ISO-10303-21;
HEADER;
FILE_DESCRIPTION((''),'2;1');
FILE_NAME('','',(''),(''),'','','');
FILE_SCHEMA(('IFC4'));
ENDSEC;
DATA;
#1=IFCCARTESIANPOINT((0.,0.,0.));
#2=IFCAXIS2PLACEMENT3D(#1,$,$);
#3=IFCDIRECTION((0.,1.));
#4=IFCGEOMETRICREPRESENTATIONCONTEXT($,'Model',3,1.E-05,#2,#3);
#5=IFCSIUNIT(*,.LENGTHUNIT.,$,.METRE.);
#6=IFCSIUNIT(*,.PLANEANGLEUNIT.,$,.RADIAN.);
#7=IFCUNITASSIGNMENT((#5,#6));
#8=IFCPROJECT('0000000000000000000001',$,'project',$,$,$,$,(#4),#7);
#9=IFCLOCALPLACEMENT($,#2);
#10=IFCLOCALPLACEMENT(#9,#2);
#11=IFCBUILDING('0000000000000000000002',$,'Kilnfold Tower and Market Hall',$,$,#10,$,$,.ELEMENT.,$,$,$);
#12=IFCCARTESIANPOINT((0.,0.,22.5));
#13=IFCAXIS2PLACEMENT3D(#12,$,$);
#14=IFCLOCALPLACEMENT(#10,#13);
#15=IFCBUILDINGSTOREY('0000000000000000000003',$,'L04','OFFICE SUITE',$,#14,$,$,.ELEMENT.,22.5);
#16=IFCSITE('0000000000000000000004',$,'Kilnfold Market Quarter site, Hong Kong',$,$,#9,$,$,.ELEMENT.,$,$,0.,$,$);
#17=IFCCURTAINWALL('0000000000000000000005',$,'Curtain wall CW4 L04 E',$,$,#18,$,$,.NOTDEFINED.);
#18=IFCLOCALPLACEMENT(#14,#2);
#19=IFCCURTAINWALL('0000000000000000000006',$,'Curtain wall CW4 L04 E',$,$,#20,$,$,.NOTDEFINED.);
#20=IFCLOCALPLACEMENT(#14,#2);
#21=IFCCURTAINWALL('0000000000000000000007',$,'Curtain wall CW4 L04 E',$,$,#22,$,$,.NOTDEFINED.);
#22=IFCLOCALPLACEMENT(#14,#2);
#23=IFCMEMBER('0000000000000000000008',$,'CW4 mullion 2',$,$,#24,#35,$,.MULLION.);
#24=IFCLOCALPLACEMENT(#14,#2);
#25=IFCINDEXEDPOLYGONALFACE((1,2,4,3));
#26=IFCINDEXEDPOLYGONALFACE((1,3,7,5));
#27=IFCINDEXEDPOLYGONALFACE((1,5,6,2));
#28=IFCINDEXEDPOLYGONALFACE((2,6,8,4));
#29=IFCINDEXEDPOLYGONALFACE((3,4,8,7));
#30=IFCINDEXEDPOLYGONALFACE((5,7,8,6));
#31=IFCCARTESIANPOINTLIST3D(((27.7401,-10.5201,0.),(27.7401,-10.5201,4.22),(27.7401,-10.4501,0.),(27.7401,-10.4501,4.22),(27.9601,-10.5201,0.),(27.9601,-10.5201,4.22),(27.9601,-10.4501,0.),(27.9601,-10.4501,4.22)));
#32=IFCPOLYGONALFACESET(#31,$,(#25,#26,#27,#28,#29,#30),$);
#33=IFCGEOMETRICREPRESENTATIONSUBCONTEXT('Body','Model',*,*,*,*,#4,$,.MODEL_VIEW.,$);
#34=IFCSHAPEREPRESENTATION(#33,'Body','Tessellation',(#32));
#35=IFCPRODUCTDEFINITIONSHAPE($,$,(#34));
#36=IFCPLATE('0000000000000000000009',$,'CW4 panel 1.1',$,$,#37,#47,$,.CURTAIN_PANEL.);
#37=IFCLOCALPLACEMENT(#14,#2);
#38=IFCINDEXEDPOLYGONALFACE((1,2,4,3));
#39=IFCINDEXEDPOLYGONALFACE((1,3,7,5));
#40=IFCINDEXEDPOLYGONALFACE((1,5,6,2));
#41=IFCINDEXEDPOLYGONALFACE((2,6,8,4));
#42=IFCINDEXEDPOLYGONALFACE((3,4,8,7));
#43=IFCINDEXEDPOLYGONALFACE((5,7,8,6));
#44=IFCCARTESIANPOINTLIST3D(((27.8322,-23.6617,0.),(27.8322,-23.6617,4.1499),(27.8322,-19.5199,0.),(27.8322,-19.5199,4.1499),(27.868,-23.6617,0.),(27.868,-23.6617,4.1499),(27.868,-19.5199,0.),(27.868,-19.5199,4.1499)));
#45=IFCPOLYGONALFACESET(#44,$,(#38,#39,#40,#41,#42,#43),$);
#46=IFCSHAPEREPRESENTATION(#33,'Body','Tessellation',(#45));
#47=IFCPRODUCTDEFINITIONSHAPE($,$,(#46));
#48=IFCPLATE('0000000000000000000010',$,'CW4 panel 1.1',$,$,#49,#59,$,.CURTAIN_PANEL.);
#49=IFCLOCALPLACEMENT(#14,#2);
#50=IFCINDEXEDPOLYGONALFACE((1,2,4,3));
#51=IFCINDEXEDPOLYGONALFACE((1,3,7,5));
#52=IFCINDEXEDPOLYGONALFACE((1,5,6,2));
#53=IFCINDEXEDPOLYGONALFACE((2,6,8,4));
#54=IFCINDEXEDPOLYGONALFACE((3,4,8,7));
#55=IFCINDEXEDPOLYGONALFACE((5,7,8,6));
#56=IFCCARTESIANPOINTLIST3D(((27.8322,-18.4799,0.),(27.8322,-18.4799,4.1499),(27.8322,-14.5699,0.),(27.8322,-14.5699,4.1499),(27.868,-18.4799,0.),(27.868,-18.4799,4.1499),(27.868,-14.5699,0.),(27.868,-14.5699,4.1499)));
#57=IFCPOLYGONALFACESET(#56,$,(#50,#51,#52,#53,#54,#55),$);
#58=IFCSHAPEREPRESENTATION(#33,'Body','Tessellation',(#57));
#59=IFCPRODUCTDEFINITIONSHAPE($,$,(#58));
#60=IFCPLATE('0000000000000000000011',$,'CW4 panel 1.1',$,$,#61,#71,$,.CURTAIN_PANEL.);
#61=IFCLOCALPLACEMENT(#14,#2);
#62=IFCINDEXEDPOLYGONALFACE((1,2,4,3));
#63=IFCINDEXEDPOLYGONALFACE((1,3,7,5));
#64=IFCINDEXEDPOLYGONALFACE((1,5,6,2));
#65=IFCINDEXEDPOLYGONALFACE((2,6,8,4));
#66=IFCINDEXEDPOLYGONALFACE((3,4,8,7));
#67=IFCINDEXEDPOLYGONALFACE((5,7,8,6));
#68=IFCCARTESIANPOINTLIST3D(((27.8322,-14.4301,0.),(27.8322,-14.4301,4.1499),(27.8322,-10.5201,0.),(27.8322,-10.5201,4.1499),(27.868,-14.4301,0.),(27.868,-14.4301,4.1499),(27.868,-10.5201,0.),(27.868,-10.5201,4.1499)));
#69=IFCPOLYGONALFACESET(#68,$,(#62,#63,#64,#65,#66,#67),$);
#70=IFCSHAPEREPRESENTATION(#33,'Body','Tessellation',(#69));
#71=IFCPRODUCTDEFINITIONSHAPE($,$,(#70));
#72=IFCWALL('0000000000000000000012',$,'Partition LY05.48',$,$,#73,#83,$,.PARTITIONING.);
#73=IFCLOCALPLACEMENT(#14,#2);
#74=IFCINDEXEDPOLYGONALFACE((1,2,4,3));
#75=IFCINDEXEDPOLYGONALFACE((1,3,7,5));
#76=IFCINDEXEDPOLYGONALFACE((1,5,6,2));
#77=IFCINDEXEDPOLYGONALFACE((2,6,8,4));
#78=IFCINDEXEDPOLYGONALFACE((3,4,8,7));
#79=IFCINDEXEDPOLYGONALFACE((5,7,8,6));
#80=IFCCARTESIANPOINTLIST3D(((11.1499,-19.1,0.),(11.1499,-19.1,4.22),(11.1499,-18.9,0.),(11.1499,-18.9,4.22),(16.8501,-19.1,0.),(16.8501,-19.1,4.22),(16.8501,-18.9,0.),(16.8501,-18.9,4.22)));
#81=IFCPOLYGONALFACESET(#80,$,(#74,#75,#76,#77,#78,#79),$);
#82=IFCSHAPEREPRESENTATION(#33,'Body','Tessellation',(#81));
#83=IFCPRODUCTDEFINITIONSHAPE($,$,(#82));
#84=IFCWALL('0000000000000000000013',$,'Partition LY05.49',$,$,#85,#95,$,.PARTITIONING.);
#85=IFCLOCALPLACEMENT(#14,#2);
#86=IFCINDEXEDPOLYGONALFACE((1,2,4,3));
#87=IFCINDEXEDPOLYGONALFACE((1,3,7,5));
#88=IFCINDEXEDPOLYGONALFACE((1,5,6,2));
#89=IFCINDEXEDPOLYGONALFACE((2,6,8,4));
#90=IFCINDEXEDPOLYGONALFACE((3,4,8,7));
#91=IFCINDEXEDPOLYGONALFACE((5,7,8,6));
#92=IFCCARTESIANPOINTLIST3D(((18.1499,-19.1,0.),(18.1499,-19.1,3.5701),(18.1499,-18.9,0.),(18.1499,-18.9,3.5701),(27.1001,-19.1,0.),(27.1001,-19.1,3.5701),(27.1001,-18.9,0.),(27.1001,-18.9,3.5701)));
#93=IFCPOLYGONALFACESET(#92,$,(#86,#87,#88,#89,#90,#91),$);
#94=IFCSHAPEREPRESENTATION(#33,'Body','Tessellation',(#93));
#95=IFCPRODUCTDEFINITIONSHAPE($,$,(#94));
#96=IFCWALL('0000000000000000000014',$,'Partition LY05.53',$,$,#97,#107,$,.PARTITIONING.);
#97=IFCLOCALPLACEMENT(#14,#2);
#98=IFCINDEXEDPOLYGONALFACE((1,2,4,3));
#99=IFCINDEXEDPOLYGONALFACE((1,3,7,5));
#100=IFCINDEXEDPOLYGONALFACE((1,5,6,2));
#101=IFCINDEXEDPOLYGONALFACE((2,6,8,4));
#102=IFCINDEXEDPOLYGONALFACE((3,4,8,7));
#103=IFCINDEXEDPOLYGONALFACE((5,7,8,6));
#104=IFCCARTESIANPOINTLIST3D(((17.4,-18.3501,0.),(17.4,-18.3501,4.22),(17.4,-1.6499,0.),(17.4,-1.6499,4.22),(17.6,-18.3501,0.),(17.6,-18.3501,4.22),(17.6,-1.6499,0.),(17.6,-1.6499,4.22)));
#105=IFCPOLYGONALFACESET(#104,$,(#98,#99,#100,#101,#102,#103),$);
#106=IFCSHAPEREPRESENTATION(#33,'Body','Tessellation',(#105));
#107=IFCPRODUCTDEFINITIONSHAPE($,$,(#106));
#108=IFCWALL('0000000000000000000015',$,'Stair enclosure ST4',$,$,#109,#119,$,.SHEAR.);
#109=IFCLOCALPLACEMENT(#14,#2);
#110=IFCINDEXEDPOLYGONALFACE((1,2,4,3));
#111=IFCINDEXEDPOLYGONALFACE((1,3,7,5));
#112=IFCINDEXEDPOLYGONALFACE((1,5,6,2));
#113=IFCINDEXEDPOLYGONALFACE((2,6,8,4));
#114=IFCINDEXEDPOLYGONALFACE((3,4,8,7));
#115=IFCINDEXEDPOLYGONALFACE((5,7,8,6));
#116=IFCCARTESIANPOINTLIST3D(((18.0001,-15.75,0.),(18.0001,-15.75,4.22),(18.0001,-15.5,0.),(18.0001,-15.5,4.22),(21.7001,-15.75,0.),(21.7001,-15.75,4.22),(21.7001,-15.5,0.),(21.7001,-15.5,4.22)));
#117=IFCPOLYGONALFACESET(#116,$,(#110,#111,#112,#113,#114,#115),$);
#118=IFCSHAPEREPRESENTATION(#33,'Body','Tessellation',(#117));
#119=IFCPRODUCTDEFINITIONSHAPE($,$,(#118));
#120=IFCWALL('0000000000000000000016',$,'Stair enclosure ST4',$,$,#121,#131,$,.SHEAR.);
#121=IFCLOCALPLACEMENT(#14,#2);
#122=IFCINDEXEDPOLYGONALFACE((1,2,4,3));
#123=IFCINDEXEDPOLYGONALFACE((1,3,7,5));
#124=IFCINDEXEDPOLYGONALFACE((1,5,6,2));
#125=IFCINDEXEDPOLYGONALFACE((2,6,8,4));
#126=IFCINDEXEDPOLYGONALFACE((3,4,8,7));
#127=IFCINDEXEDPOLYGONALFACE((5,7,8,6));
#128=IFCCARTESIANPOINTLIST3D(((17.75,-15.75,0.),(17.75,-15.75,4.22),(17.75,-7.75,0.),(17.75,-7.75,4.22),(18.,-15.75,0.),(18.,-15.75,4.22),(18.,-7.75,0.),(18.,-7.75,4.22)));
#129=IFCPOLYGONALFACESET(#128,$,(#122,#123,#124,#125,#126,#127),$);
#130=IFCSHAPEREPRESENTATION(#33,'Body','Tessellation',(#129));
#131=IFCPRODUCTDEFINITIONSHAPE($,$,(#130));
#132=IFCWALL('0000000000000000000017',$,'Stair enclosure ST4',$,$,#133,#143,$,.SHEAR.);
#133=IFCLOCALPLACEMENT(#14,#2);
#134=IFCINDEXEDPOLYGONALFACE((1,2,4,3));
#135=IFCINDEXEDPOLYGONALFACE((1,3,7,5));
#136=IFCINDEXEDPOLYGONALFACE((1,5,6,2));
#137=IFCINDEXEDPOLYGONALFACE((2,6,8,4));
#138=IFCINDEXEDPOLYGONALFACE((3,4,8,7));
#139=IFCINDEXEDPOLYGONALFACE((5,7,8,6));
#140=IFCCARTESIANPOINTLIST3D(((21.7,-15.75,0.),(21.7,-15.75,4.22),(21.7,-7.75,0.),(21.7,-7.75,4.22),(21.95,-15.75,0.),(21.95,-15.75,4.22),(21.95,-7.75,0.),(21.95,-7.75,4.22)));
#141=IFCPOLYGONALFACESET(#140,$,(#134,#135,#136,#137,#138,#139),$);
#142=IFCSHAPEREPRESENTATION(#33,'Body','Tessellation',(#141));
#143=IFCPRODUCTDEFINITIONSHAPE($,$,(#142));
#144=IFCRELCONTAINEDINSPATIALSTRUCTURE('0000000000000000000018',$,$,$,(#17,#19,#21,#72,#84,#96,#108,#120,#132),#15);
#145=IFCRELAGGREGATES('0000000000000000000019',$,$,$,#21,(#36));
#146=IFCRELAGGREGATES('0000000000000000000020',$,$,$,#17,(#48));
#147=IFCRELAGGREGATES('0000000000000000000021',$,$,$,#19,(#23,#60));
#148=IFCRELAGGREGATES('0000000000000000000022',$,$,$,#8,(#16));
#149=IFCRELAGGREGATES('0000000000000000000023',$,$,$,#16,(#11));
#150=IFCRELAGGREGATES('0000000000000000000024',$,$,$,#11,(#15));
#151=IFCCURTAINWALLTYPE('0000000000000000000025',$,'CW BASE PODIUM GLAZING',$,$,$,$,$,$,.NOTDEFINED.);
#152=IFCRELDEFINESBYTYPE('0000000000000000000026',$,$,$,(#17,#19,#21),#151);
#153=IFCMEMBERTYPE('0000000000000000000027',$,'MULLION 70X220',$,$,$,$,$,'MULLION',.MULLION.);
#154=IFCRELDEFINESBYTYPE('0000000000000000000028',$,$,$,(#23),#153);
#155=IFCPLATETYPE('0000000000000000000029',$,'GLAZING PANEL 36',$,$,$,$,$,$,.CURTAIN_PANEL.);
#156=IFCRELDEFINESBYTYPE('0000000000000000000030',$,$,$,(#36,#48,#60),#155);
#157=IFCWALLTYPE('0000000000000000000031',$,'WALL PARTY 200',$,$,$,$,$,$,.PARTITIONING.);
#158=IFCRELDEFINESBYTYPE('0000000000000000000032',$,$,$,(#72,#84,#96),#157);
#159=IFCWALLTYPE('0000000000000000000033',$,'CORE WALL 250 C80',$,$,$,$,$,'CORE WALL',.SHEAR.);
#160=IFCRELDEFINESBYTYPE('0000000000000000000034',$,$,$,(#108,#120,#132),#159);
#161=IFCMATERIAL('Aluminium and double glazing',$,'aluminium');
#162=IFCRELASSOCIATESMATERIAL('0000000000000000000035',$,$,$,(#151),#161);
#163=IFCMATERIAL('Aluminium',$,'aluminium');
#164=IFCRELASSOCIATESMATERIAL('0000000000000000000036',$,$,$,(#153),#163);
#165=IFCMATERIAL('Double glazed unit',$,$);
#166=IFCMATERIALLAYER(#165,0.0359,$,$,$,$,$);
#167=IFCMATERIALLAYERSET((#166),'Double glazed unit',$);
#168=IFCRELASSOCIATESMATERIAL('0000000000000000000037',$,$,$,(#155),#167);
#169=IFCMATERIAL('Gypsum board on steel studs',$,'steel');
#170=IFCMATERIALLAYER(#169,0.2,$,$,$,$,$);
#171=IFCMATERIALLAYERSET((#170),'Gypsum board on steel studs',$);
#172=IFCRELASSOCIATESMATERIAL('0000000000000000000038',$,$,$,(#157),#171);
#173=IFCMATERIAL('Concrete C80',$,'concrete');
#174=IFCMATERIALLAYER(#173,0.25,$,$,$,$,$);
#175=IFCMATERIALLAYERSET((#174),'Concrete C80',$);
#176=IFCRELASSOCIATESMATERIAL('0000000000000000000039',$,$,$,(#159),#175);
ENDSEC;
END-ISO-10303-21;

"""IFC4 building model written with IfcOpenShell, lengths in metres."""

from ifc_helpers import new_model, si_unit, direction, frame, frame_2d, origin, origin_2d, place, context, subcontext, project, spatial, rectangle, extrude, source, transform, mapped, material, layer, layer_set, material_profile, profile_set, type_object, element, aggregate, save


model = new_model("IFC4")

# Units and contexts
model_context = context("Model", 3, precision=1e-05, world=origin(), true_north=direction((0.0, 1.0)))
body_context = subcontext(model_context, "Body", "Model", "MODEL_VIEW")
ifc_project = project(units=[si_unit("LENGTHUNIT", "METRE"), si_unit("PLANEANGLEUNIT", "RADIAN")], contexts=[model_context])

# Site, building, storey
site_placement = place(None, origin())
site = spatial("IfcSite", under=ifc_project, at=site_placement, Name="Kilnfold Market Quarter site, Hong Kong", CompositionType="ELEMENT", RefElevation=0.0)
building_placement = place(site_placement, origin())
building = spatial("IfcBuilding", under=site, at=building_placement, Name="Kilnfold Tower and Market Hall", CompositionType="ELEMENT")
storey_placement = place(building_placement, frame((0.0, 0.0, 22.5)))
storey = spatial("IfcBuildingStorey", under=building, at=storey_placement, Name="L04", Description="OFFICE SUITE", CompositionType="ELEMENT", Elevation=22.5)

# Curtain walls
ifc_material_1 = material(Name="Aluminium and double glazing", Category="aluminium")
curtain_wall_type = type_object("IfcCurtainWallType", Name="CW BASE PODIUM GLAZING", PredefinedType="NOTDEFINED", material=ifc_material_1)
curtain_wall_1_placement = place(storey_placement, origin())
curtain_wall_1 = element("IfcCurtainWall", 1, at=curtain_wall_1_placement, inside=storey, type_object=curtain_wall_type, Name="Curtain wall CW4 L04 E", PredefinedType="NOTDEFINED")
curtain_wall_2_placement = place(storey_placement, origin())
curtain_wall_2 = element("IfcCurtainWall", 2, at=curtain_wall_2_placement, inside=storey, type_object=curtain_wall_type, Name="Curtain wall CW4 L04 E", PredefinedType="NOTDEFINED")

# Curtain wall
curtain_wall_3_placement = place(storey_placement, origin())
curtain_wall_3 = element("IfcCurtainWall", 3, at=curtain_wall_3_placement, inside=storey, type_object=curtain_wall_type, Name="Curtain wall CW4 L04 E", PredefinedType="NOTDEFINED")
ifc_material_2 = material(Name="Aluminium", Category="aluminium")
ifc_material_profile_1 = material_profile(ifc_material_2, rectangle(XDim=0.0701, YDim=0.22, at=origin_2d()), Name="MULLION 70x220")
ifc_profile_set_1 = profile_set([ifc_material_profile_1], Name="Aluminium")
member_type_1 = type_object("IfcMemberType", Name="MULLION 70X220", ElementType="MULLION", PredefinedType="MULLION", material=ifc_profile_set_1)
shared_shape_1 = source(origin(), body_context, "Body", "SweptSolid", [
    extrude(rectangle(XDim=0.0701, YDim=0.22, at=origin_2d()), origin(), (0.0, 0.0, 1.0), 4.22),
])

# Member
member_1_placement = place(storey_placement, frame((27.8501, -10.4851, 0.0), z_axis=(0.0, 0.0, 1.0), x_axis=(0.0, 1.0, 0.0)))
member_1 = element("IfcMember", 4, at=member_1_placement, type_object=member_type_1, Name="CW4 mullion 2", PredefinedType="MULLION", context=body_context, shape_type="MappedRepresentation", body=[
    mapped(shared_shape_1, transform((0.0, 0.0, 0.0))),
])

# Plates
ifc_material_3 = material(Name="Double glazed unit")
ifc_layer_1 = layer(ifc_material_3, 0.0359)
ifc_layer_set_1 = layer_set([ifc_layer_1], Name="Double glazed unit")
plate_type = type_object("IfcPlateType", Name="GLAZING PANEL 36", PredefinedType="CURTAIN_PANEL", material=ifc_layer_set_1)
shared_shape_2 = source(origin(), body_context, "Body", "SweptSolid", [
    extrude(rectangle(XDim=4.1418, YDim=0.0359, at=origin_2d()), origin(), (0.0, 0.0, 1.0), 4.1499),
])
plate_1_placement = place(storey_placement, frame((27.8501, -21.5908, 0.0), z_axis=(0.0, 0.0, 1.0), x_axis=(0.0, 1.0, 0.0)))
plate_1 = element("IfcPlate", 5, at=plate_1_placement, type_object=plate_type, Name="CW4 panel 1.1", PredefinedType="CURTAIN_PANEL", context=body_context, shape_type="MappedRepresentation", body=[
    mapped(shared_shape_2, transform((0.0, 0.0, 0.0))),
])
aggregate(curtain_wall_3, [plate_1])
shared_shape_3 = source(origin(), body_context, "Body", "SweptSolid", [
    extrude(rectangle(XDim=3.9099, YDim=0.0359, at=origin_2d()), origin(), (0.0, 0.0, 1.0), 4.1499),
])
plate_2_placement = place(storey_placement, frame((27.8501, -16.5249, 0.0), z_axis=(0.0, 0.0, 1.0), x_axis=(0.0, 1.0, 0.0)))
plate_2 = element("IfcPlate", 6, at=plate_2_placement, type_object=plate_type, Name="CW4 panel 1.1", PredefinedType="CURTAIN_PANEL", context=body_context, shape_type="MappedRepresentation", body=[
    mapped(shared_shape_3, transform((0.0, 0.0, 0.0))),
])
aggregate(curtain_wall_1, [plate_2])
plate_3_placement = place(storey_placement, frame((27.8501, -12.4751, 0.0), z_axis=(0.0, 0.0, 1.0), x_axis=(0.0, 1.0, 0.0)))
plate_3 = element("IfcPlate", 7, at=plate_3_placement, type_object=plate_type, Name="CW4 panel 1.1", PredefinedType="CURTAIN_PANEL", context=body_context, shape_type="MappedRepresentation", body=[
    mapped(shared_shape_3, transform((0.0, 0.0, 0.0))),
])
aggregate(curtain_wall_2, [member_1, plate_3])

# Walls
ifc_material_4 = material(Name="Gypsum board on steel studs", Category="steel")
ifc_layer_2 = layer(ifc_material_4, 0.2)
ifc_layer_set_2 = layer_set([ifc_layer_2], Name="Gypsum board on steel studs")
wall_type_1 = type_object("IfcWallType", Name="WALL PARTY 200", PredefinedType="PARTITIONING", material=ifc_layer_set_2)
wall_1_placement = place(storey_placement, frame((11.1499, -19.0, 0.0), z_axis=(0.0, 0.0, 1.0), x_axis=(1.0, 0.0, 0.0)))
element("IfcWall", 8, at=wall_1_placement, inside=storey, type_object=wall_type_1, Name="Partition LY05.48", PredefinedType="PARTITIONING", context=body_context, shape_type="SweptSolid", body=[
    extrude(rectangle(XDim=5.7002, YDim=0.2, at=frame_2d((2.8501, 0.0))), origin(), (0.0, 0.0, 1.0), 4.22),
])
wall_2_placement = place(storey_placement, frame((18.1499, -19.0, 0.0), z_axis=(0.0, 0.0, 1.0), x_axis=(1.0, 0.0, 0.0)))
element("IfcWall", 9, at=wall_2_placement, inside=storey, type_object=wall_type_1, Name="Partition LY05.49", PredefinedType="PARTITIONING", context=body_context, shape_type="SweptSolid", body=[
    extrude(rectangle(XDim=8.9502, YDim=0.2, at=frame_2d((4.4751, 0.0))), origin(), (0.0, 0.0, 1.0), 3.5701),
])
wall_3_placement = place(storey_placement, frame((17.5, -18.3501, 0.0), z_axis=(0.0, 0.0, 1.0), x_axis=(0.0, 1.0, 0.0)))
element("IfcWall", 10, at=wall_3_placement, inside=storey, type_object=wall_type_1, Name="Partition LY05.53", PredefinedType="PARTITIONING", context=body_context, shape_type="SweptSolid", body=[
    extrude(rectangle(XDim=16.7002, YDim=0.2, at=frame_2d((8.3501, 0.0))), origin(), (0.0, 0.0, 1.0), 4.22),
])
ifc_material_5 = material(Name="Concrete C80", Category="concrete")
ifc_layer_3 = layer(ifc_material_5, 0.25)
ifc_layer_set_3 = layer_set([ifc_layer_3], Name="Concrete C80")
wall_type_2 = type_object("IfcWallType", Name="CORE WALL 250 C80", ElementType="CORE WALL", PredefinedType="SHEAR", material=ifc_layer_set_3)
shared_shape_4 = source(origin(), body_context, "Body", "SweptSolid", [
    extrude(rectangle(XDim=3.7, YDim=0.25, at=frame_2d((1.8501, 0.0))), origin(), (0.0, 0.0, 1.0), 4.22),
])
wall_4_placement = place(storey_placement, frame((18.0, -15.625, 0.0), z_axis=(0.0, 0.0, 1.0), x_axis=(1.0, 0.0, 0.0)))
element("IfcWall", 11, at=wall_4_placement, inside=storey, type_object=wall_type_2, Name="Stair enclosure ST4", PredefinedType="SHEAR", context=body_context, shape_type="MappedRepresentation", body=[
    mapped(shared_shape_4, transform((0.0, 0.0, 0.0))),
])
shared_shape_5 = source(origin(), body_context, "Body", "SweptSolid", [
    extrude(rectangle(XDim=8.0, YDim=0.25, at=frame_2d((4.0, 0.0))), origin(), (0.0, 0.0, 1.0), 4.22),
])
for number, where, z_axis, x_axis, name in (
    (12, (17.875, -15.75, 0.0), (0.0, 0.0, 1.0), (0.0, 1.0, 0.0), "Stair enclosure ST4"),
    (13, (21.825, -15.75, 0.0), (0.0, 0.0, 1.0), (0.0, 1.0, 0.0), "Stair enclosure ST4"),
):
    element("IfcWall", number, at=place(storey_placement, frame(where, z_axis=z_axis, x_axis=x_axis)), inside=storey, type_object=wall_type_2, Name=name, PredefinedType="SHEAR", context=body_context, shape_type="MappedRepresentation", body=[
        mapped(shared_shape_5, transform((0.0, 0.0, 0.0))),
    ])

save(model, "model.ifc")
